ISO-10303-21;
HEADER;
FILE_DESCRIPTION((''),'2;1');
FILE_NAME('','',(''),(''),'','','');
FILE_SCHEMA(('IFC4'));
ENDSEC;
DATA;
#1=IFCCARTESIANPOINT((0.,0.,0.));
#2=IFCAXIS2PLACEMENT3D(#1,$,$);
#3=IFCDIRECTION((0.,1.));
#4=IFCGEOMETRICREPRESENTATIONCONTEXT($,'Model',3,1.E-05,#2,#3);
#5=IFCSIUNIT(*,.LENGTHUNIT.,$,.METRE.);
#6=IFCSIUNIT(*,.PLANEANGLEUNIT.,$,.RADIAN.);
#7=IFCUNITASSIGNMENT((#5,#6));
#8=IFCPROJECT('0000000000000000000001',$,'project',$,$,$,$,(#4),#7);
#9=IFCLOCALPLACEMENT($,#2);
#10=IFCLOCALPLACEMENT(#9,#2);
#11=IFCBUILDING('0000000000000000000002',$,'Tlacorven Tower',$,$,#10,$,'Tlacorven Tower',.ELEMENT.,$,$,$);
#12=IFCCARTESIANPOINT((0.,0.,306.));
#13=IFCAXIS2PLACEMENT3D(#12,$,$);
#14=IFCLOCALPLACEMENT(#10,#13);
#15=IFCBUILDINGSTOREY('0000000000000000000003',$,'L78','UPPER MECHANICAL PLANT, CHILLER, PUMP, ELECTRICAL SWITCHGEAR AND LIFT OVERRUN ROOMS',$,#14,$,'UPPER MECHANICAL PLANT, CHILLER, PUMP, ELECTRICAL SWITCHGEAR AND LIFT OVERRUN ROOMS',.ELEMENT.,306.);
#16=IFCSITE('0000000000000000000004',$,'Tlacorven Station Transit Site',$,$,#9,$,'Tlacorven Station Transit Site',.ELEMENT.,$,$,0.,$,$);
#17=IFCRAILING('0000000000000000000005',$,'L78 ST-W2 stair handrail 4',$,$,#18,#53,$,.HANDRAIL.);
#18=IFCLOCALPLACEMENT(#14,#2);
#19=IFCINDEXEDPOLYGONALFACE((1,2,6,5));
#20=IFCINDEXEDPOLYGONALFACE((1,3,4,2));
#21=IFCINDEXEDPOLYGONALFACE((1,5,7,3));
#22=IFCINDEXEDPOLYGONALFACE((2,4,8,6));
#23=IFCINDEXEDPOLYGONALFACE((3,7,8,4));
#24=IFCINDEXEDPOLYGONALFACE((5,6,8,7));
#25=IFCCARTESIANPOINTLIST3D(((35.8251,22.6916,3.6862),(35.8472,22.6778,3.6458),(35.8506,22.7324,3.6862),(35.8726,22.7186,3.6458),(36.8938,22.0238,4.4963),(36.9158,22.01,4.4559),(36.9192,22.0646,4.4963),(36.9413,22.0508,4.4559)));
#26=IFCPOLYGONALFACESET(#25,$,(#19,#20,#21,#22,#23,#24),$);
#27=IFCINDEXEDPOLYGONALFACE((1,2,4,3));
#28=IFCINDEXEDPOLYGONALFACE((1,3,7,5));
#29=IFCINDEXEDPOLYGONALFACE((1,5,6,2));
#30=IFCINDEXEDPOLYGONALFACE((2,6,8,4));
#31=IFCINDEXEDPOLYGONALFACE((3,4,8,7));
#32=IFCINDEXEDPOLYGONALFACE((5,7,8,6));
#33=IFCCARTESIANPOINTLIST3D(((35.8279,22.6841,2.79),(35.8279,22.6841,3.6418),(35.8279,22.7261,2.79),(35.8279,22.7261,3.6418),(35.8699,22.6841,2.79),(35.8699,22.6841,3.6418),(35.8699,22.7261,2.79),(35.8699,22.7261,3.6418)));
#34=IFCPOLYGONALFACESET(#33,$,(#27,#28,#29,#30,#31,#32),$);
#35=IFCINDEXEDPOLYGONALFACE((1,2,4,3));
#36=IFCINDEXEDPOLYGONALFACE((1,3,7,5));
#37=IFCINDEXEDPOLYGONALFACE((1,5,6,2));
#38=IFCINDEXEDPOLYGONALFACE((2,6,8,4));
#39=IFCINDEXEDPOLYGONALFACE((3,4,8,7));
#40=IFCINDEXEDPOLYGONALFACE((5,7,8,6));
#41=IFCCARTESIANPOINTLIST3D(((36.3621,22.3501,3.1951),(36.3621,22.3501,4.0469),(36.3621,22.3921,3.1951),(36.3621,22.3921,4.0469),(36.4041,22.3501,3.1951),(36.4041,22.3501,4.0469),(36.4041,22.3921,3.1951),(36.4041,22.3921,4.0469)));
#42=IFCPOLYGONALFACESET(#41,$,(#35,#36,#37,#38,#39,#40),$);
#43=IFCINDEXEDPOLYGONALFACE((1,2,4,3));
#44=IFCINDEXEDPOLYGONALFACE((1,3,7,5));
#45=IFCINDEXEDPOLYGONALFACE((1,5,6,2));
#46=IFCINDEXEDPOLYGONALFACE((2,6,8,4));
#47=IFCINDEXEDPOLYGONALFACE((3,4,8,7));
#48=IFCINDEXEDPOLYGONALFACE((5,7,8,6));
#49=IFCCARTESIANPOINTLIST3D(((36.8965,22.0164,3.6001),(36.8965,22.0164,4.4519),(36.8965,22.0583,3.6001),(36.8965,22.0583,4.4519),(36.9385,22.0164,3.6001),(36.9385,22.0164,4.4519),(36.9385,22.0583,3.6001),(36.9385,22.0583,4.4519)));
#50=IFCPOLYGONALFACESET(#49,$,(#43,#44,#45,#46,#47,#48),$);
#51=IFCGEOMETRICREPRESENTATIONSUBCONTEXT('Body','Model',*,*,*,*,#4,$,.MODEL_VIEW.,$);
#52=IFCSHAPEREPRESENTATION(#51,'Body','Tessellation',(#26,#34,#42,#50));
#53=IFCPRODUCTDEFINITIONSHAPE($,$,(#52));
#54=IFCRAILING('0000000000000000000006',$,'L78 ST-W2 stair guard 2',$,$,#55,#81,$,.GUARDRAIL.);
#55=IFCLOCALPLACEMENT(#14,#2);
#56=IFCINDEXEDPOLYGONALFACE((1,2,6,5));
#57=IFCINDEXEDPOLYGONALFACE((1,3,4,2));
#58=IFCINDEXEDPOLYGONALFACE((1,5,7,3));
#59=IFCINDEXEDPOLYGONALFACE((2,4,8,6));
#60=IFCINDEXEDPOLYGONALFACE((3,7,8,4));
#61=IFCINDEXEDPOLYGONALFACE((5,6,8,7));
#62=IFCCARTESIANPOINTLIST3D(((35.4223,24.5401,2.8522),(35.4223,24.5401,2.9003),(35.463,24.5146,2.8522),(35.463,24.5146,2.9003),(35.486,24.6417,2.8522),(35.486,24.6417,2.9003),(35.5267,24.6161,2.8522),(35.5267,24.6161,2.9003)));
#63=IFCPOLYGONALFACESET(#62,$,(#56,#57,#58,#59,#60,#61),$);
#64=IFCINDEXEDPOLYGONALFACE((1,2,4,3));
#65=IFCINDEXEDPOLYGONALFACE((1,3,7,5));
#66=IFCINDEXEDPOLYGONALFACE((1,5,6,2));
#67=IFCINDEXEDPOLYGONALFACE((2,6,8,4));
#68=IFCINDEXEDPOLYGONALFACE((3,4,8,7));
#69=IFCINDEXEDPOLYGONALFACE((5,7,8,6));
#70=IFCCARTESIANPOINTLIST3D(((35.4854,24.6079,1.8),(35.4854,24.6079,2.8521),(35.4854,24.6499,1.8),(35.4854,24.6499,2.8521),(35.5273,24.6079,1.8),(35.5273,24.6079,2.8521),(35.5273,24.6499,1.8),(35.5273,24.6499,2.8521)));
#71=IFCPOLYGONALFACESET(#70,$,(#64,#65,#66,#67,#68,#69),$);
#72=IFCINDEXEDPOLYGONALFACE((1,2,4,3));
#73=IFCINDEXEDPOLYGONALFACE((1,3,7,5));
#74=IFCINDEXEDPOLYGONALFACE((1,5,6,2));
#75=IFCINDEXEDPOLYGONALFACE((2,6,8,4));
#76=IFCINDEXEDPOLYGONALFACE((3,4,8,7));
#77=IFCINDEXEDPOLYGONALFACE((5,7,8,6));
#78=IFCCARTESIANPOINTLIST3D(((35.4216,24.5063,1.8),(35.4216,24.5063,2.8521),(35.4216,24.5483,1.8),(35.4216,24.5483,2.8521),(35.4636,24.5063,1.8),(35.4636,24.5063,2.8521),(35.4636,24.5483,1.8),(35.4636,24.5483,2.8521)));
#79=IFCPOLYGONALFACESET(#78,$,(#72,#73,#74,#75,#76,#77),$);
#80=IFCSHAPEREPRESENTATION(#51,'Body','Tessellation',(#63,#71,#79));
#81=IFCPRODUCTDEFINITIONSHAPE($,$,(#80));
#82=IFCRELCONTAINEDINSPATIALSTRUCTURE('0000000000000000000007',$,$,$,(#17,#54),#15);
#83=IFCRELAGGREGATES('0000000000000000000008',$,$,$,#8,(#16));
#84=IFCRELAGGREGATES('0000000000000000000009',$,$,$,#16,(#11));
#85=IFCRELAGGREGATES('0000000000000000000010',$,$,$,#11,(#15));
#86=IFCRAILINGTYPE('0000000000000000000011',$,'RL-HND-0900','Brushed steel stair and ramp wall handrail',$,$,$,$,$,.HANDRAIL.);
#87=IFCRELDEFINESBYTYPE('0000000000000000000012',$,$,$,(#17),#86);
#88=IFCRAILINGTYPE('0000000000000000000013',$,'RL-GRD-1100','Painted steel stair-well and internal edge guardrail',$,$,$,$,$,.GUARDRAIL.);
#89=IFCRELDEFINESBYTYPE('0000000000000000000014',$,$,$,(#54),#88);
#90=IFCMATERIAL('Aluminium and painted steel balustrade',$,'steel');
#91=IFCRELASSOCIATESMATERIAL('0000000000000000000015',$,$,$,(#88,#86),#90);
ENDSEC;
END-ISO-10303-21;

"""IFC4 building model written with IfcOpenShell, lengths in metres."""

from ifc_helpers import new_model, si_unit, direction, frame, origin, origin_2d, place, context, subcontext, project, spatial, rectangle, extrude, source, transform, mapped, material, type_object, element, save


model = new_model("IFC4")

# Units and contexts
model_context = context("Model", 3, precision=1e-05, world=origin(), true_north=direction((0.0, 1.0)))
body_context = subcontext(model_context, "Body", "Model", "MODEL_VIEW")
ifc_project = project(units=[si_unit("LENGTHUNIT", "METRE"), si_unit("PLANEANGLEUNIT", "RADIAN")], contexts=[model_context])

# Site, building, storey
site_placement = place(None, origin())
site = spatial("IfcSite", under=ifc_project, at=site_placement, Name="Tlacorven Station Transit Site", LongName="Tlacorven Station Transit Site", CompositionType="ELEMENT", RefElevation=0.0)
building_placement = place(site_placement, origin())
building = spatial("IfcBuilding", under=site, at=building_placement, Name="Tlacorven Tower", LongName="Tlacorven Tower", CompositionType="ELEMENT")
storey_placement = place(building_placement, frame((0.0, 0.0, 306.0)))
storey = spatial("IfcBuildingStorey", under=building, at=storey_placement, Name="L78", Description="UPPER MECHANICAL PLANT, CHILLER, PUMP, ELECTRICAL SWITCHGEAR AND LIFT OVERRUN ROOMS", LongName="UPPER MECHANICAL PLANT, CHILLER, PUMP, ELECTRICAL SWITCHGEAR AND LIFT OVERRUN ROOMS", CompositionType="ELEMENT", Elevation=306.0)

# Railings
ifc_material_1 = material(Name="Aluminium and painted steel balustrade", Category="steel")
railing_type_1 = type_object("IfcRailingType", Name="RL-GRD-1100", Description="Painted steel stair-well and internal edge guardrail", PredefinedType="GUARDRAIL", material=ifc_material_1)
railing_type_2 = type_object("IfcRailingType", Name="RL-HND-0900", Description="Brushed steel stair and ramp wall handrail", PredefinedType="HANDRAIL", material=ifc_material_1)
shared_shape_1 = source(origin(), body_context, "Body", "SweptSolid", [
    extrude(rectangle(XDim=0.0481, YDim=0.0481, at=origin_2d()), frame((0.0, 0.0, 0.876), z_axis=(0.71336, -0.445748, 0.540765), x_axis=(0.529912, 0.848053, 0.0)), (0.0, 0.0, 1.0), 1.498),
    extrude(rectangle(XDim=0.042, YDim=0.042, at=origin_2d()), origin(), (0.0, 0.0, 1.0), 0.8518),
    extrude(rectangle(XDim=0.042, YDim=0.042, at=origin_2d()), frame((0.5342, -0.334, 0.405)), (0.0, 0.0, 1.0), 0.8518),
    extrude(rectangle(XDim=0.042, YDim=0.042, at=origin_2d()), frame((1.0686, -0.6677, 0.8101)), (0.0, 0.0, 1.0), 0.8518),
])
railing_1_placement = place(storey_placement, frame((35.8489, 22.7051, 2.79)))
element("IfcRailing", 1, at=railing_1_placement, inside=storey, type_object=railing_type_2, Name="L78 ST-W2 stair handrail 4", PredefinedType="HANDRAIL", context=body_context, shape_type="MappedRepresentation", body=[
    mapped(shared_shape_1, transform((0.0, 0.0, 0.0), scale=1.0)),
])
shared_shape_2 = source(origin(), body_context, "Body", "SweptSolid", [
    extrude(rectangle(XDim=0.0481, YDim=0.0481, at=origin_2d()), frame((0.0, 0.0, 1.0762), z_axis=(-0.531462, -0.847082, 0.0), x_axis=(0.847082, -0.531462, 0.0)), (0.0, 0.0, 1.0), 0.1199),
    extrude(rectangle(XDim=0.042, YDim=0.042, at=origin_2d()), origin(), (0.0, 0.0, 1.0), 1.052),
    extrude(rectangle(XDim=0.042, YDim=0.042, at=origin_2d()), frame((-0.0637, -0.1016, 0.0)), (0.0, 0.0, 1.0), 1.052),
])
railing_2_placement = place(storey_placement, frame((35.5063, 24.6289, 1.8)))
element("IfcRailing", 2, at=railing_2_placement, inside=storey, type_object=railing_type_1, Name="L78 ST-W2 stair guard 2", PredefinedType="GUARDRAIL", context=body_context, shape_type="MappedRepresentation", body=[
    mapped(shared_shape_2, transform((0.0, 0.0, 0.0), scale=1.0)),
])

save(model, "model.ifc")
